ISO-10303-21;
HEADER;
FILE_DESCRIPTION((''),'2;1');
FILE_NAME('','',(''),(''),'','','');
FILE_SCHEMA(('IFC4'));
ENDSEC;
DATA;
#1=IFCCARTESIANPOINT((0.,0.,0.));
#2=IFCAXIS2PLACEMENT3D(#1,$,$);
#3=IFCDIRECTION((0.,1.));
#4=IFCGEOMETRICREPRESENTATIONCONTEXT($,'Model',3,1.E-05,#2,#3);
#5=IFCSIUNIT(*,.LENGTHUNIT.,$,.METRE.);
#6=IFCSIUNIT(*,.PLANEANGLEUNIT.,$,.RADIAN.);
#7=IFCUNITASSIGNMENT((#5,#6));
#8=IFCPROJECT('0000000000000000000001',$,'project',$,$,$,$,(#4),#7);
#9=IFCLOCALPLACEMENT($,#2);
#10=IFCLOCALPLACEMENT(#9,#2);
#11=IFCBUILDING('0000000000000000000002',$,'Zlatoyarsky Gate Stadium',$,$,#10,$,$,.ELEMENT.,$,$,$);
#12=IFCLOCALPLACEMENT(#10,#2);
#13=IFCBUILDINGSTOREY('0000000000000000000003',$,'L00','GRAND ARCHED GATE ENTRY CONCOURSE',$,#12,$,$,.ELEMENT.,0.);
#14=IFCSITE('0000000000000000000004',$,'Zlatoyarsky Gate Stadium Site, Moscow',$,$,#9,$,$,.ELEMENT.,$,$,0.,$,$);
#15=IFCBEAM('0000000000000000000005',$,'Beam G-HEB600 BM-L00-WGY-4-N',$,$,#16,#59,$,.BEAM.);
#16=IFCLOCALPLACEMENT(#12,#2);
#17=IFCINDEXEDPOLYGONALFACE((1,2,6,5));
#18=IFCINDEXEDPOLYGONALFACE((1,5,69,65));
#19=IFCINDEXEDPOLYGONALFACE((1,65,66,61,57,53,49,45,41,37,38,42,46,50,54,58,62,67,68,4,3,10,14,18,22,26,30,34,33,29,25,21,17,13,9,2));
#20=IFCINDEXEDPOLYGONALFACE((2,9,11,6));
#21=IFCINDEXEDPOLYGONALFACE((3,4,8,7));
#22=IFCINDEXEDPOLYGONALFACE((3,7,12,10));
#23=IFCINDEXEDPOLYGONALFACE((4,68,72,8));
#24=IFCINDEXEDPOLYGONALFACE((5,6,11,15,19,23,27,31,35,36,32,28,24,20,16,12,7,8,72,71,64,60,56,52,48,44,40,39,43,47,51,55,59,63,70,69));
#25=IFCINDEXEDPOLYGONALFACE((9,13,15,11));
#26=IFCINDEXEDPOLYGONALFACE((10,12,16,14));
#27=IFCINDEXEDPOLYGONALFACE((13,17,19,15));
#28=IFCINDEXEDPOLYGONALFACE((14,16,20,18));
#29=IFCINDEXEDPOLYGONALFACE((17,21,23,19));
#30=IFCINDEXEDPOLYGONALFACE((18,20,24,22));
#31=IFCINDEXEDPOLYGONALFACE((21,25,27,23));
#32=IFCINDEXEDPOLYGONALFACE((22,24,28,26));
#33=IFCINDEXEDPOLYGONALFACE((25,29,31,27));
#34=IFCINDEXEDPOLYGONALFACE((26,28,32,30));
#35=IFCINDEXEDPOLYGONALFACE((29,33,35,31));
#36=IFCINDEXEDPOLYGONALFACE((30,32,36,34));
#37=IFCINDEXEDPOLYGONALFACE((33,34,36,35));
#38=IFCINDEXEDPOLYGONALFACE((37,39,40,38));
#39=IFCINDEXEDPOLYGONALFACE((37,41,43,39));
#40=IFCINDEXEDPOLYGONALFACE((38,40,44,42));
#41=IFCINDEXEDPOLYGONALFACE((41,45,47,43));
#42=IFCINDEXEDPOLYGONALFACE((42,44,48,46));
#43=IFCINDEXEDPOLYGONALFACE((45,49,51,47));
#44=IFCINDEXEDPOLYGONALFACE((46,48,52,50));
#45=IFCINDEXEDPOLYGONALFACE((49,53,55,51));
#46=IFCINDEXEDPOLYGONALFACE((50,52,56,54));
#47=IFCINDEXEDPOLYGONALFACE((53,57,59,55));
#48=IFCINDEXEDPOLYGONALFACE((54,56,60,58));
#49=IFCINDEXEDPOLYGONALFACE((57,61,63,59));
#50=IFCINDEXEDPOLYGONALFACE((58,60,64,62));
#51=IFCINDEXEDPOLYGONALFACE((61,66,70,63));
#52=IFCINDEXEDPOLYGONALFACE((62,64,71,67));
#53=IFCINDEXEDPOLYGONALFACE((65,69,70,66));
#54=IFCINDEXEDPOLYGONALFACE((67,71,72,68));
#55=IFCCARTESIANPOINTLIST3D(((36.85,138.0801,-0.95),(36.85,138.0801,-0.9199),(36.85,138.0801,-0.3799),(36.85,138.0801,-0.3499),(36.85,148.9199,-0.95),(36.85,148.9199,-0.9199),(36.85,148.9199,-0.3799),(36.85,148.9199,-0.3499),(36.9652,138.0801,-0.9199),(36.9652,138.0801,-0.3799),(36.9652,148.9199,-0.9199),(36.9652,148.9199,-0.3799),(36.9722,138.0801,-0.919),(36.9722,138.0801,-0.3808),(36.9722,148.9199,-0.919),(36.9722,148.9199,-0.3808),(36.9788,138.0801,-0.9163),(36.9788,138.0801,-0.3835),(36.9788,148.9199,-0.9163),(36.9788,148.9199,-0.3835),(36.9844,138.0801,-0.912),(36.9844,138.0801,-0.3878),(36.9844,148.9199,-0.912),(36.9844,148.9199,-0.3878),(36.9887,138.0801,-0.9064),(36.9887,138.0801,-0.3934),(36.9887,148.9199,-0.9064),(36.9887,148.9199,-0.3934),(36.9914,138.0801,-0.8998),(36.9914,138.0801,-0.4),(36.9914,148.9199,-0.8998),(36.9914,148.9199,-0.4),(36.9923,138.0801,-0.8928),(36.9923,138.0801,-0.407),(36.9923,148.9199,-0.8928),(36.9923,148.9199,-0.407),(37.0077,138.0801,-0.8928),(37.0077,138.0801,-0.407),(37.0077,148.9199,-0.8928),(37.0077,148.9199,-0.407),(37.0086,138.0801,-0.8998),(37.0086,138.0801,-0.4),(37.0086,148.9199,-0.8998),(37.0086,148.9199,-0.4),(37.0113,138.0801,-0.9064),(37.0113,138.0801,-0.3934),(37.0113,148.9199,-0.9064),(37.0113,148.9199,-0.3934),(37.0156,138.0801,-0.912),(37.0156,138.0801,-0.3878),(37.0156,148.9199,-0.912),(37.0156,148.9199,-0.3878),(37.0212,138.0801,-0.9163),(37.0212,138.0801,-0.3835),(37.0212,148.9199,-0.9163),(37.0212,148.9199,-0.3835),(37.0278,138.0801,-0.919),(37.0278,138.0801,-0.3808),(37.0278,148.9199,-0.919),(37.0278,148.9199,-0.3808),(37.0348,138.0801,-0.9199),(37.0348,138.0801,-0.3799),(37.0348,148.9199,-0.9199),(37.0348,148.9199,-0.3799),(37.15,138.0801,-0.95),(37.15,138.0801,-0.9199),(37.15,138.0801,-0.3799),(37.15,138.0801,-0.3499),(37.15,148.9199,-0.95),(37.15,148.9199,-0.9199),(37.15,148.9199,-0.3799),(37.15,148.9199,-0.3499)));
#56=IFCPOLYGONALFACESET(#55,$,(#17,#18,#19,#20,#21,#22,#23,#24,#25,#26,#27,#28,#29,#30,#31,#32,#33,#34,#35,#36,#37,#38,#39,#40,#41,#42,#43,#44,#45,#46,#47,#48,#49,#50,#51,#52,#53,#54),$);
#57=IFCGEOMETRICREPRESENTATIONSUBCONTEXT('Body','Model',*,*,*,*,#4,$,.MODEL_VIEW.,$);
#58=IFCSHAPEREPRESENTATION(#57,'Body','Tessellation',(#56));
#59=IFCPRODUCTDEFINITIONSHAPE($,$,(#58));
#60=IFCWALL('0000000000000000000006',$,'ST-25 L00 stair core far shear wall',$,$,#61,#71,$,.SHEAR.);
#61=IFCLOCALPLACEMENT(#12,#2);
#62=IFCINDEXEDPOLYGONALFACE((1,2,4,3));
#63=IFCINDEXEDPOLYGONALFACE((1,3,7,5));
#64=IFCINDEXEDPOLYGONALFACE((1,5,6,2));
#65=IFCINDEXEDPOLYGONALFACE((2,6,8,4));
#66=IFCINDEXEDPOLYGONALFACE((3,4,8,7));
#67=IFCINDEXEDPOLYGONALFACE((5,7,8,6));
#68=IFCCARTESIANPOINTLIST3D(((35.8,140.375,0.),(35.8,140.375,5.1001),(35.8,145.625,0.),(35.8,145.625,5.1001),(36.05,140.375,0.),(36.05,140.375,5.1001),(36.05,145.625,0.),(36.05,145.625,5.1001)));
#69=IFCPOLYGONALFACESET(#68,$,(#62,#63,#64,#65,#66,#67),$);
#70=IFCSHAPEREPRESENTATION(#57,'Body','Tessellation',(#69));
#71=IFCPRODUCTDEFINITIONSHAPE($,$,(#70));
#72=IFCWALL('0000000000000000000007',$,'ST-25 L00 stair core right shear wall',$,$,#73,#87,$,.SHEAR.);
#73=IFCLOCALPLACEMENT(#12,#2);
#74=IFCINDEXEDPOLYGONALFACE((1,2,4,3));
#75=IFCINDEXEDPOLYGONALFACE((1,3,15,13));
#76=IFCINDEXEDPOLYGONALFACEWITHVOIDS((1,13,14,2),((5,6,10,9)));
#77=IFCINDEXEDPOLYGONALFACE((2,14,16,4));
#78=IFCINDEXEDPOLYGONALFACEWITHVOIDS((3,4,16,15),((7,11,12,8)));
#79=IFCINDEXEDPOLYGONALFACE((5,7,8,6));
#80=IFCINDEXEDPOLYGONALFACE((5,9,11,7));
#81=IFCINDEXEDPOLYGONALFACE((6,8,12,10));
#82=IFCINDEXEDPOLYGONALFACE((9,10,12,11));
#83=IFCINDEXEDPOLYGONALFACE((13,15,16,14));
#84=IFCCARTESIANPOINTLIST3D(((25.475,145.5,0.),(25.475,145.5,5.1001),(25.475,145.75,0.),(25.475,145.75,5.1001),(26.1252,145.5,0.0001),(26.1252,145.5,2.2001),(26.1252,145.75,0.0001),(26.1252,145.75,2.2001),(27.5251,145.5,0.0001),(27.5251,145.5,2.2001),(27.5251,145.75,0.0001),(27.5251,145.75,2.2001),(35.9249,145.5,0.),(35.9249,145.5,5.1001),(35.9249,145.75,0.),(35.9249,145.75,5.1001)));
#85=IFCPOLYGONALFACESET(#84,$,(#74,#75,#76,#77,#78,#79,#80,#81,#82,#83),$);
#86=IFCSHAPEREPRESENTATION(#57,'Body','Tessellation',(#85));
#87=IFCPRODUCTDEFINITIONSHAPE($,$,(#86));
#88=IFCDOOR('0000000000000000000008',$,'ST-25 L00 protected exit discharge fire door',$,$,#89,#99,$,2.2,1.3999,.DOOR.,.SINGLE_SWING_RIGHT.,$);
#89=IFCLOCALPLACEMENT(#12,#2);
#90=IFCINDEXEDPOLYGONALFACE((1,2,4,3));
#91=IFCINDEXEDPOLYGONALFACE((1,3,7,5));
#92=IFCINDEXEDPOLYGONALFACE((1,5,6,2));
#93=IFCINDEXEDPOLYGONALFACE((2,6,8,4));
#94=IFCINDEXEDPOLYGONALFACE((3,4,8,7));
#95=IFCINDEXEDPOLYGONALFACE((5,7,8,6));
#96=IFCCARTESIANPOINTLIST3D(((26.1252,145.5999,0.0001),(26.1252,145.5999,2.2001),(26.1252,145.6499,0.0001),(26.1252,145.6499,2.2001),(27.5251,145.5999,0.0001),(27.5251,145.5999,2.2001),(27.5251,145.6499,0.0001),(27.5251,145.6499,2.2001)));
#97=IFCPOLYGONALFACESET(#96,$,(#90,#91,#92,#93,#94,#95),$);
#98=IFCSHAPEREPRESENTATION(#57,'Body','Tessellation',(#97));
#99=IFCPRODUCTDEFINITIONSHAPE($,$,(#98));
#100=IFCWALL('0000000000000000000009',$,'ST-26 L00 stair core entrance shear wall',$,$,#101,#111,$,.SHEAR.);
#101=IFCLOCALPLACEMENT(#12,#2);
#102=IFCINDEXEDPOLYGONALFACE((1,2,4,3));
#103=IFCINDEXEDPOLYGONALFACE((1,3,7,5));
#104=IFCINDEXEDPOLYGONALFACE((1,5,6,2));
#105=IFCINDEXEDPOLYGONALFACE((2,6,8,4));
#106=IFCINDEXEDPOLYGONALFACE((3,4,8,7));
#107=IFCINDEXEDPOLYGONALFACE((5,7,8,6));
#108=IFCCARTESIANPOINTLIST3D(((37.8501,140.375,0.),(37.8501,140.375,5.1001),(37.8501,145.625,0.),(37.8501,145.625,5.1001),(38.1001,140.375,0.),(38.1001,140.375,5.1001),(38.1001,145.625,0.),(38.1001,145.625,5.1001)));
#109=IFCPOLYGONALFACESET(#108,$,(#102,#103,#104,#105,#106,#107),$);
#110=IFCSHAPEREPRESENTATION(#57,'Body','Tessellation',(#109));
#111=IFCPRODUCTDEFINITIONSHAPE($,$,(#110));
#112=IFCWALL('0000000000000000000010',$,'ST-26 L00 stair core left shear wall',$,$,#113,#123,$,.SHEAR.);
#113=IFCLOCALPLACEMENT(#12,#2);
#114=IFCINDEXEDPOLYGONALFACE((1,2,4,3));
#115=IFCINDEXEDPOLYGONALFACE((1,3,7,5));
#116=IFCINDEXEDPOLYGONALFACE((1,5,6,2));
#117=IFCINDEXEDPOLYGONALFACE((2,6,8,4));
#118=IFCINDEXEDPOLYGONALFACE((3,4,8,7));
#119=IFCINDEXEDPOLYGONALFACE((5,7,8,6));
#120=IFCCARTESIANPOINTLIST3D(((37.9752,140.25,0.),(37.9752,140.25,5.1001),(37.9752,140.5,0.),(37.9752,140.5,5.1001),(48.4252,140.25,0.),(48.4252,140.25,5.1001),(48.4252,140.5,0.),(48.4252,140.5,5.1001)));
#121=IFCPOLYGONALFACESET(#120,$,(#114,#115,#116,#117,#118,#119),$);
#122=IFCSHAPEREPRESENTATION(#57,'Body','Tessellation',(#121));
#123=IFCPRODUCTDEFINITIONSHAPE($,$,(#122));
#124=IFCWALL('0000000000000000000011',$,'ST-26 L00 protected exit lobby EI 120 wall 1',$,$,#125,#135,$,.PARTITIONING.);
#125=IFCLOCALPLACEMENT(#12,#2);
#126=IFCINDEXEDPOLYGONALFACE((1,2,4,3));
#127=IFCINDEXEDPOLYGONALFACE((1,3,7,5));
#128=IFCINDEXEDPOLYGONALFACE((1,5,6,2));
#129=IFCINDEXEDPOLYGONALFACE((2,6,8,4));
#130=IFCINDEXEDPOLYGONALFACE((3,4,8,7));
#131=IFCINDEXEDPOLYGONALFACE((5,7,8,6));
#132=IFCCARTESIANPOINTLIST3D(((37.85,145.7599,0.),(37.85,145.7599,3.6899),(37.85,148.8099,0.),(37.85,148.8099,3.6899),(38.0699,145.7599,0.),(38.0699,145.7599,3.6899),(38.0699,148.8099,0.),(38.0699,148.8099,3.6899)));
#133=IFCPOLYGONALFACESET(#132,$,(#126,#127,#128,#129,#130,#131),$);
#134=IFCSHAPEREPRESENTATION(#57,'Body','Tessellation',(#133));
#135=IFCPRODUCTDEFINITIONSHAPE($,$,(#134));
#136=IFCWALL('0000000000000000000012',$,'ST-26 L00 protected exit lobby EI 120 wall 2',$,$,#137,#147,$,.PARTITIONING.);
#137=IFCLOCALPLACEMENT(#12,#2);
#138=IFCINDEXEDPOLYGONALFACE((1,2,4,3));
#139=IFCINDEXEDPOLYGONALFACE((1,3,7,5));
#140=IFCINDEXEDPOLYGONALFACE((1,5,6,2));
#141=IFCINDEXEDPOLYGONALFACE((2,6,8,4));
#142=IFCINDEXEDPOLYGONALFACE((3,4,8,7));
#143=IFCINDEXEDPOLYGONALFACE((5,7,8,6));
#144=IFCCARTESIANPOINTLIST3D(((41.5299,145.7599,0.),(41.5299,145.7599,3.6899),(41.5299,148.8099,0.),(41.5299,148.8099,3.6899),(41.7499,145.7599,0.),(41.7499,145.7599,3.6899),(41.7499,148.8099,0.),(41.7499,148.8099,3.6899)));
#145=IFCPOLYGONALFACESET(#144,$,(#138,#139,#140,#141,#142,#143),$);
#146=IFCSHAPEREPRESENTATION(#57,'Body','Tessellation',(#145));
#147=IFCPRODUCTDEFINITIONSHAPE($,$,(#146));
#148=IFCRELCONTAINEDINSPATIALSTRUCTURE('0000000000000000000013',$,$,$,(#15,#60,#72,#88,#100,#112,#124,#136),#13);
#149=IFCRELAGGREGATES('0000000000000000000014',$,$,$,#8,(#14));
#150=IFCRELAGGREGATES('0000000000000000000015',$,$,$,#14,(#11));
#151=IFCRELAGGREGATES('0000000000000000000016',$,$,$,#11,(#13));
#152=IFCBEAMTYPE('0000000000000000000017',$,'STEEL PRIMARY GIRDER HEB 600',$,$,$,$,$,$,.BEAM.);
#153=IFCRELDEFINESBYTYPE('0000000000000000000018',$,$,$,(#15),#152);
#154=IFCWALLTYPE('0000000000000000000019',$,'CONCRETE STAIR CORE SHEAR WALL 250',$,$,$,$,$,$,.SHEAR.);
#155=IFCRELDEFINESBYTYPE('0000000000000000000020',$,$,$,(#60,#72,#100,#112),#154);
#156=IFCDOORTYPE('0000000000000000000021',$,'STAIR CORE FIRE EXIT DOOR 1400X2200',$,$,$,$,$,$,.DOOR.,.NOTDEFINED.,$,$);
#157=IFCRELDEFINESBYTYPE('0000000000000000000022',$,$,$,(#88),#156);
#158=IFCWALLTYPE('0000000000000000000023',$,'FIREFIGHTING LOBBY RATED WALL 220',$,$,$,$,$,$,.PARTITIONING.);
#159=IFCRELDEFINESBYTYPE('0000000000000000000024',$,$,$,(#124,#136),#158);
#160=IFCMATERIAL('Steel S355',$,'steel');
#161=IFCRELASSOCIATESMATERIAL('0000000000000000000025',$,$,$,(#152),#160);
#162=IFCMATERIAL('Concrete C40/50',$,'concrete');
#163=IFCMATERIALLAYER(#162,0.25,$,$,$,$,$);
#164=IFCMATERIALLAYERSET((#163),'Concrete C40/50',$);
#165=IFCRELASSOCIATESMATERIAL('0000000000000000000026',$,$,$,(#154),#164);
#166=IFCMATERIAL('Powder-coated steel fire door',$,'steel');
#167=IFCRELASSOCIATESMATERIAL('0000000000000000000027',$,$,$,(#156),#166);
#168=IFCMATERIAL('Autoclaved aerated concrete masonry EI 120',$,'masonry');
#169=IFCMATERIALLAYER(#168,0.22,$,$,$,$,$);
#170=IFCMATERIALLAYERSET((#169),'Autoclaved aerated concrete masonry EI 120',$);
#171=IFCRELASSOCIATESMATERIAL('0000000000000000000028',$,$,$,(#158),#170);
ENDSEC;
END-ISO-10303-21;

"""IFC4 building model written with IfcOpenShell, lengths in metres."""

from ifc_helpers import new_model, si_unit, direction, frame, frame_2d, origin, origin_2d, place, context, subcontext, project, spatial, rectangle, i_section, extrude, material, layer, layer_set, material_profile, profile_set, type_object, element, fill, save


model = new_model("IFC4")

# Units and contexts
model_context = context("Model", 3, precision=1e-05, world=origin(), true_north=direction((0.0, 1.0)))
body_context = subcontext(model_context, "Body", "Model", "MODEL_VIEW")
ifc_project = project(units=[si_unit("LENGTHUNIT", "METRE"), si_unit("PLANEANGLEUNIT", "RADIAN")], contexts=[model_context])

# Site, building, storey
site_placement = place(None, origin())
site = spatial("IfcSite", under=ifc_project, at=site_placement, Name="Zlatoyarsky Gate Stadium Site, Moscow", CompositionType="ELEMENT", RefElevation=0.0)
building_placement = place(site_placement, origin())
building = spatial("IfcBuilding", under=site, at=building_placement, Name="Zlatoyarsky Gate Stadium", CompositionType="ELEMENT")
storey_placement = place(building_placement, origin())
storey = spatial("IfcBuildingStorey", under=building, at=storey_placement, Name="L00", Description="GRAND ARCHED GATE ENTRY CONCOURSE", CompositionType="ELEMENT", Elevation=0.0)

# Shared definitions
ifc_material_1 = material(Name="Concrete C40/50", Category="concrete")

# Beam
ifc_material_2 = material(Name="Steel S355", Category="steel")
ifc_material_profile_1 = material_profile(ifc_material_2, i_section(OverallWidth=0.3, OverallDepth=0.6001, WebThickness=0.0154, FlangeThickness=0.03, FilletRadius=0.0271, at=origin_2d()), Name="HEB 600")
ifc_profile_set_1 = profile_set([ifc_material_profile_1], Name="Steel S355")
beam_type_1 = type_object("IfcBeamType", Name="STEEL PRIMARY GIRDER HEB 600", PredefinedType="BEAM", material=ifc_profile_set_1)
for number, where, z_axis, x_axis, name in (
    (1, (37.0, 138.0801, -0.6499), (0.0, 1.0, 0.0), (-1.0, 0.0, 0.0), "Beam G-HEB600 BM-L00-WGY-4-N"),
):
    element("IfcBeam", number, at=place(storey_placement, frame(where, z_axis=z_axis, x_axis=x_axis)), inside=storey, type_object=beam_type_1, Name=name, PredefinedType="BEAM", context=body_context, shape_type="SweptSolid", body=[
        extrude(i_section(OverallWidth=0.3, OverallDepth=0.6001, WebThickness=0.0154, FlangeThickness=0.03, FilletRadius=0.0271, at=origin_2d()), origin(), (0.0, 0.0, 1.0), 10.8398),
    ])

# Wall
ifc_layer_1 = layer(ifc_material_1, 0.25)
ifc_layer_set_1 = layer_set([ifc_layer_1], Name="Concrete C40/50")
wall_type_1 = type_object("IfcWallType", Name="CONCRETE STAIR CORE SHEAR WALL 250", PredefinedType="SHEAR", material=ifc_layer_set_1)
wall_1_placement = place(storey_placement, frame((35.925, 140.375, 0.0), z_axis=(0.0, 0.0, 1.0), x_axis=(0.0, 1.0, 0.0)))
element("IfcWall", 2, at=wall_1_placement, inside=storey, type_object=wall_type_1, Name="ST-25 L00 stair core far shear wall", PredefinedType="SHEAR", context=body_context, shape_type="SweptSolid", body=[
    extrude(rectangle(XDim=5.25, YDim=0.25, at=frame_2d((2.625, 0.0))), origin(), (0.0, 0.0, 1.0), 5.1001),
])

# Wall, opening, door
wall_2_placement = place(storey_placement, frame((35.925, 145.625, 0.0), z_axis=(0.0, 0.0, 1.0), x_axis=(-1.0, 0.0, 0.0)))
wall_2 = element("IfcWall", 3, at=wall_2_placement, inside=storey, type_object=wall_type_1, Name="ST-25 L00 stair core right shear wall", PredefinedType="SHEAR", context=body_context, shape_type="SweptSolid", body=[
    extrude(rectangle(XDim=10.45, YDim=0.25, at=frame_2d((5.2251, 0.0))), origin(), (0.0, 0.0, 1.0), 5.1001),
])
opening_1_placement = place(wall_2_placement, frame((8.3999, 0.0, 0.0)))
opening_1 = element("IfcOpeningElement", 4, at=opening_1_placement, cuts=wall_2, PredefinedType="OPENING", context=body_context, shape_type="SweptSolid", body=[
    extrude(rectangle(XDim=1.3999, YDim=2.2, at=frame_2d((0.7, 1.1001))), frame((0.0, 0.135, 0.0), z_axis=(0.0, -1.0, 0.0), x_axis=(1.0, 0.0, 0.0)), (0.0, 0.0, 1.0), 0.27),
])
ifc_material_3 = material(Name="Powder-coated steel fire door", Category="steel")
door_type_1 = type_object("IfcDoorType", Name="STAIR CORE FIRE EXIT DOOR 1400X2200", OperationType="NOTDEFINED", PredefinedType="DOOR", material=ifc_material_3)
door_1_placement = place(opening_1_placement, frame((1.3999, 0.0, 0.0), z_axis=(0.0, 0.0, 1.0), x_axis=(-1.0, 0.0, 0.0)))
door_1 = element("IfcDoor", 5, at=door_1_placement, inside=storey, type_object=door_type_1, Name="ST-25 L00 protected exit discharge fire door", OperationType="SINGLE_SWING_RIGHT", OverallHeight=2.2, OverallWidth=1.3999, PredefinedType="DOOR", context=body_context, shape_type="SweptSolid", body=[
    extrude(rectangle(XDim=1.3999, YDim=2.2, at=frame_2d((0.7, 1.1001))), frame((0.0, 0.0249, 0.0), z_axis=(0.0, -1.0, 0.0), x_axis=(1.0, 0.0, 0.0)), (0.0, 0.0, 1.0), 0.05),
])
fill(opening_1, door_1)

# Walls
wall_3_placement = place(storey_placement, frame((37.9751, 145.625, 0.0), z_axis=(0.0, 0.0, 1.0), x_axis=(0.0, -1.0, 0.0)))
element("IfcWall", 6, at=wall_3_placement, inside=storey, type_object=wall_type_1, Name="ST-26 L00 stair core entrance shear wall", PredefinedType="SHEAR", context=body_context, shape_type="SweptSolid", body=[
    extrude(rectangle(XDim=5.25, YDim=0.25, at=frame_2d((2.625, 0.0))), origin(), (0.0, 0.0, 1.0), 5.1001),
])
wall_4_placement = place(storey_placement, frame((37.9751, 140.375, 0.0), z_axis=(0.0, 0.0, 1.0), x_axis=(1.0, 0.0, 0.0)))
element("IfcWall", 7, at=wall_4_placement, inside=storey, type_object=wall_type_1, Name="ST-26 L00 stair core left shear wall", PredefinedType="SHEAR", context=body_context, shape_type="SweptSolid", body=[
    extrude(rectangle(XDim=10.45, YDim=0.25, at=frame_2d((5.2251, 0.0))), origin(), (0.0, 0.0, 1.0), 5.1001),
])
ifc_material_4 = material(Name="Autoclaved aerated concrete masonry EI 120", Category="masonry")
ifc_layer_2 = layer(ifc_material_4, 0.22)
ifc_layer_set_2 = layer_set([ifc_layer_2], Name="Autoclaved aerated concrete masonry EI 120")
wall_type_2 = type_object("IfcWallType", Name="FIREFIGHTING LOBBY RATED WALL 220", PredefinedType="PARTITIONING", material=ifc_layer_set_2)
for number, where, z_axis, x_axis, name in (
    (8, (37.96, 145.76, 0.0), (0.0, 0.0, 1.0), (0.0, 1.0, 0.0), "ST-26 L00 protected exit lobby EI 120 wall 1"),
    (9, (41.6399, 145.76, 0.0), (0.0, 0.0, 1.0), (0.0, 1.0, 0.0), "ST-26 L00 protected exit lobby EI 120 wall 2"),
):
    element("IfcWall", number, at=place(storey_placement, frame(where, z_axis=z_axis, x_axis=x_axis)), inside=storey, type_object=wall_type_2, Name=name, PredefinedType="PARTITIONING", context=body_context, shape_type="SweptSolid", body=[
        extrude(rectangle(XDim=3.05, YDim=0.22, at=frame_2d((1.5249, 0.0))), origin(), (0.0, 0.0, 1.0), 3.6899),
    ])

save(model, "model.ifc")
